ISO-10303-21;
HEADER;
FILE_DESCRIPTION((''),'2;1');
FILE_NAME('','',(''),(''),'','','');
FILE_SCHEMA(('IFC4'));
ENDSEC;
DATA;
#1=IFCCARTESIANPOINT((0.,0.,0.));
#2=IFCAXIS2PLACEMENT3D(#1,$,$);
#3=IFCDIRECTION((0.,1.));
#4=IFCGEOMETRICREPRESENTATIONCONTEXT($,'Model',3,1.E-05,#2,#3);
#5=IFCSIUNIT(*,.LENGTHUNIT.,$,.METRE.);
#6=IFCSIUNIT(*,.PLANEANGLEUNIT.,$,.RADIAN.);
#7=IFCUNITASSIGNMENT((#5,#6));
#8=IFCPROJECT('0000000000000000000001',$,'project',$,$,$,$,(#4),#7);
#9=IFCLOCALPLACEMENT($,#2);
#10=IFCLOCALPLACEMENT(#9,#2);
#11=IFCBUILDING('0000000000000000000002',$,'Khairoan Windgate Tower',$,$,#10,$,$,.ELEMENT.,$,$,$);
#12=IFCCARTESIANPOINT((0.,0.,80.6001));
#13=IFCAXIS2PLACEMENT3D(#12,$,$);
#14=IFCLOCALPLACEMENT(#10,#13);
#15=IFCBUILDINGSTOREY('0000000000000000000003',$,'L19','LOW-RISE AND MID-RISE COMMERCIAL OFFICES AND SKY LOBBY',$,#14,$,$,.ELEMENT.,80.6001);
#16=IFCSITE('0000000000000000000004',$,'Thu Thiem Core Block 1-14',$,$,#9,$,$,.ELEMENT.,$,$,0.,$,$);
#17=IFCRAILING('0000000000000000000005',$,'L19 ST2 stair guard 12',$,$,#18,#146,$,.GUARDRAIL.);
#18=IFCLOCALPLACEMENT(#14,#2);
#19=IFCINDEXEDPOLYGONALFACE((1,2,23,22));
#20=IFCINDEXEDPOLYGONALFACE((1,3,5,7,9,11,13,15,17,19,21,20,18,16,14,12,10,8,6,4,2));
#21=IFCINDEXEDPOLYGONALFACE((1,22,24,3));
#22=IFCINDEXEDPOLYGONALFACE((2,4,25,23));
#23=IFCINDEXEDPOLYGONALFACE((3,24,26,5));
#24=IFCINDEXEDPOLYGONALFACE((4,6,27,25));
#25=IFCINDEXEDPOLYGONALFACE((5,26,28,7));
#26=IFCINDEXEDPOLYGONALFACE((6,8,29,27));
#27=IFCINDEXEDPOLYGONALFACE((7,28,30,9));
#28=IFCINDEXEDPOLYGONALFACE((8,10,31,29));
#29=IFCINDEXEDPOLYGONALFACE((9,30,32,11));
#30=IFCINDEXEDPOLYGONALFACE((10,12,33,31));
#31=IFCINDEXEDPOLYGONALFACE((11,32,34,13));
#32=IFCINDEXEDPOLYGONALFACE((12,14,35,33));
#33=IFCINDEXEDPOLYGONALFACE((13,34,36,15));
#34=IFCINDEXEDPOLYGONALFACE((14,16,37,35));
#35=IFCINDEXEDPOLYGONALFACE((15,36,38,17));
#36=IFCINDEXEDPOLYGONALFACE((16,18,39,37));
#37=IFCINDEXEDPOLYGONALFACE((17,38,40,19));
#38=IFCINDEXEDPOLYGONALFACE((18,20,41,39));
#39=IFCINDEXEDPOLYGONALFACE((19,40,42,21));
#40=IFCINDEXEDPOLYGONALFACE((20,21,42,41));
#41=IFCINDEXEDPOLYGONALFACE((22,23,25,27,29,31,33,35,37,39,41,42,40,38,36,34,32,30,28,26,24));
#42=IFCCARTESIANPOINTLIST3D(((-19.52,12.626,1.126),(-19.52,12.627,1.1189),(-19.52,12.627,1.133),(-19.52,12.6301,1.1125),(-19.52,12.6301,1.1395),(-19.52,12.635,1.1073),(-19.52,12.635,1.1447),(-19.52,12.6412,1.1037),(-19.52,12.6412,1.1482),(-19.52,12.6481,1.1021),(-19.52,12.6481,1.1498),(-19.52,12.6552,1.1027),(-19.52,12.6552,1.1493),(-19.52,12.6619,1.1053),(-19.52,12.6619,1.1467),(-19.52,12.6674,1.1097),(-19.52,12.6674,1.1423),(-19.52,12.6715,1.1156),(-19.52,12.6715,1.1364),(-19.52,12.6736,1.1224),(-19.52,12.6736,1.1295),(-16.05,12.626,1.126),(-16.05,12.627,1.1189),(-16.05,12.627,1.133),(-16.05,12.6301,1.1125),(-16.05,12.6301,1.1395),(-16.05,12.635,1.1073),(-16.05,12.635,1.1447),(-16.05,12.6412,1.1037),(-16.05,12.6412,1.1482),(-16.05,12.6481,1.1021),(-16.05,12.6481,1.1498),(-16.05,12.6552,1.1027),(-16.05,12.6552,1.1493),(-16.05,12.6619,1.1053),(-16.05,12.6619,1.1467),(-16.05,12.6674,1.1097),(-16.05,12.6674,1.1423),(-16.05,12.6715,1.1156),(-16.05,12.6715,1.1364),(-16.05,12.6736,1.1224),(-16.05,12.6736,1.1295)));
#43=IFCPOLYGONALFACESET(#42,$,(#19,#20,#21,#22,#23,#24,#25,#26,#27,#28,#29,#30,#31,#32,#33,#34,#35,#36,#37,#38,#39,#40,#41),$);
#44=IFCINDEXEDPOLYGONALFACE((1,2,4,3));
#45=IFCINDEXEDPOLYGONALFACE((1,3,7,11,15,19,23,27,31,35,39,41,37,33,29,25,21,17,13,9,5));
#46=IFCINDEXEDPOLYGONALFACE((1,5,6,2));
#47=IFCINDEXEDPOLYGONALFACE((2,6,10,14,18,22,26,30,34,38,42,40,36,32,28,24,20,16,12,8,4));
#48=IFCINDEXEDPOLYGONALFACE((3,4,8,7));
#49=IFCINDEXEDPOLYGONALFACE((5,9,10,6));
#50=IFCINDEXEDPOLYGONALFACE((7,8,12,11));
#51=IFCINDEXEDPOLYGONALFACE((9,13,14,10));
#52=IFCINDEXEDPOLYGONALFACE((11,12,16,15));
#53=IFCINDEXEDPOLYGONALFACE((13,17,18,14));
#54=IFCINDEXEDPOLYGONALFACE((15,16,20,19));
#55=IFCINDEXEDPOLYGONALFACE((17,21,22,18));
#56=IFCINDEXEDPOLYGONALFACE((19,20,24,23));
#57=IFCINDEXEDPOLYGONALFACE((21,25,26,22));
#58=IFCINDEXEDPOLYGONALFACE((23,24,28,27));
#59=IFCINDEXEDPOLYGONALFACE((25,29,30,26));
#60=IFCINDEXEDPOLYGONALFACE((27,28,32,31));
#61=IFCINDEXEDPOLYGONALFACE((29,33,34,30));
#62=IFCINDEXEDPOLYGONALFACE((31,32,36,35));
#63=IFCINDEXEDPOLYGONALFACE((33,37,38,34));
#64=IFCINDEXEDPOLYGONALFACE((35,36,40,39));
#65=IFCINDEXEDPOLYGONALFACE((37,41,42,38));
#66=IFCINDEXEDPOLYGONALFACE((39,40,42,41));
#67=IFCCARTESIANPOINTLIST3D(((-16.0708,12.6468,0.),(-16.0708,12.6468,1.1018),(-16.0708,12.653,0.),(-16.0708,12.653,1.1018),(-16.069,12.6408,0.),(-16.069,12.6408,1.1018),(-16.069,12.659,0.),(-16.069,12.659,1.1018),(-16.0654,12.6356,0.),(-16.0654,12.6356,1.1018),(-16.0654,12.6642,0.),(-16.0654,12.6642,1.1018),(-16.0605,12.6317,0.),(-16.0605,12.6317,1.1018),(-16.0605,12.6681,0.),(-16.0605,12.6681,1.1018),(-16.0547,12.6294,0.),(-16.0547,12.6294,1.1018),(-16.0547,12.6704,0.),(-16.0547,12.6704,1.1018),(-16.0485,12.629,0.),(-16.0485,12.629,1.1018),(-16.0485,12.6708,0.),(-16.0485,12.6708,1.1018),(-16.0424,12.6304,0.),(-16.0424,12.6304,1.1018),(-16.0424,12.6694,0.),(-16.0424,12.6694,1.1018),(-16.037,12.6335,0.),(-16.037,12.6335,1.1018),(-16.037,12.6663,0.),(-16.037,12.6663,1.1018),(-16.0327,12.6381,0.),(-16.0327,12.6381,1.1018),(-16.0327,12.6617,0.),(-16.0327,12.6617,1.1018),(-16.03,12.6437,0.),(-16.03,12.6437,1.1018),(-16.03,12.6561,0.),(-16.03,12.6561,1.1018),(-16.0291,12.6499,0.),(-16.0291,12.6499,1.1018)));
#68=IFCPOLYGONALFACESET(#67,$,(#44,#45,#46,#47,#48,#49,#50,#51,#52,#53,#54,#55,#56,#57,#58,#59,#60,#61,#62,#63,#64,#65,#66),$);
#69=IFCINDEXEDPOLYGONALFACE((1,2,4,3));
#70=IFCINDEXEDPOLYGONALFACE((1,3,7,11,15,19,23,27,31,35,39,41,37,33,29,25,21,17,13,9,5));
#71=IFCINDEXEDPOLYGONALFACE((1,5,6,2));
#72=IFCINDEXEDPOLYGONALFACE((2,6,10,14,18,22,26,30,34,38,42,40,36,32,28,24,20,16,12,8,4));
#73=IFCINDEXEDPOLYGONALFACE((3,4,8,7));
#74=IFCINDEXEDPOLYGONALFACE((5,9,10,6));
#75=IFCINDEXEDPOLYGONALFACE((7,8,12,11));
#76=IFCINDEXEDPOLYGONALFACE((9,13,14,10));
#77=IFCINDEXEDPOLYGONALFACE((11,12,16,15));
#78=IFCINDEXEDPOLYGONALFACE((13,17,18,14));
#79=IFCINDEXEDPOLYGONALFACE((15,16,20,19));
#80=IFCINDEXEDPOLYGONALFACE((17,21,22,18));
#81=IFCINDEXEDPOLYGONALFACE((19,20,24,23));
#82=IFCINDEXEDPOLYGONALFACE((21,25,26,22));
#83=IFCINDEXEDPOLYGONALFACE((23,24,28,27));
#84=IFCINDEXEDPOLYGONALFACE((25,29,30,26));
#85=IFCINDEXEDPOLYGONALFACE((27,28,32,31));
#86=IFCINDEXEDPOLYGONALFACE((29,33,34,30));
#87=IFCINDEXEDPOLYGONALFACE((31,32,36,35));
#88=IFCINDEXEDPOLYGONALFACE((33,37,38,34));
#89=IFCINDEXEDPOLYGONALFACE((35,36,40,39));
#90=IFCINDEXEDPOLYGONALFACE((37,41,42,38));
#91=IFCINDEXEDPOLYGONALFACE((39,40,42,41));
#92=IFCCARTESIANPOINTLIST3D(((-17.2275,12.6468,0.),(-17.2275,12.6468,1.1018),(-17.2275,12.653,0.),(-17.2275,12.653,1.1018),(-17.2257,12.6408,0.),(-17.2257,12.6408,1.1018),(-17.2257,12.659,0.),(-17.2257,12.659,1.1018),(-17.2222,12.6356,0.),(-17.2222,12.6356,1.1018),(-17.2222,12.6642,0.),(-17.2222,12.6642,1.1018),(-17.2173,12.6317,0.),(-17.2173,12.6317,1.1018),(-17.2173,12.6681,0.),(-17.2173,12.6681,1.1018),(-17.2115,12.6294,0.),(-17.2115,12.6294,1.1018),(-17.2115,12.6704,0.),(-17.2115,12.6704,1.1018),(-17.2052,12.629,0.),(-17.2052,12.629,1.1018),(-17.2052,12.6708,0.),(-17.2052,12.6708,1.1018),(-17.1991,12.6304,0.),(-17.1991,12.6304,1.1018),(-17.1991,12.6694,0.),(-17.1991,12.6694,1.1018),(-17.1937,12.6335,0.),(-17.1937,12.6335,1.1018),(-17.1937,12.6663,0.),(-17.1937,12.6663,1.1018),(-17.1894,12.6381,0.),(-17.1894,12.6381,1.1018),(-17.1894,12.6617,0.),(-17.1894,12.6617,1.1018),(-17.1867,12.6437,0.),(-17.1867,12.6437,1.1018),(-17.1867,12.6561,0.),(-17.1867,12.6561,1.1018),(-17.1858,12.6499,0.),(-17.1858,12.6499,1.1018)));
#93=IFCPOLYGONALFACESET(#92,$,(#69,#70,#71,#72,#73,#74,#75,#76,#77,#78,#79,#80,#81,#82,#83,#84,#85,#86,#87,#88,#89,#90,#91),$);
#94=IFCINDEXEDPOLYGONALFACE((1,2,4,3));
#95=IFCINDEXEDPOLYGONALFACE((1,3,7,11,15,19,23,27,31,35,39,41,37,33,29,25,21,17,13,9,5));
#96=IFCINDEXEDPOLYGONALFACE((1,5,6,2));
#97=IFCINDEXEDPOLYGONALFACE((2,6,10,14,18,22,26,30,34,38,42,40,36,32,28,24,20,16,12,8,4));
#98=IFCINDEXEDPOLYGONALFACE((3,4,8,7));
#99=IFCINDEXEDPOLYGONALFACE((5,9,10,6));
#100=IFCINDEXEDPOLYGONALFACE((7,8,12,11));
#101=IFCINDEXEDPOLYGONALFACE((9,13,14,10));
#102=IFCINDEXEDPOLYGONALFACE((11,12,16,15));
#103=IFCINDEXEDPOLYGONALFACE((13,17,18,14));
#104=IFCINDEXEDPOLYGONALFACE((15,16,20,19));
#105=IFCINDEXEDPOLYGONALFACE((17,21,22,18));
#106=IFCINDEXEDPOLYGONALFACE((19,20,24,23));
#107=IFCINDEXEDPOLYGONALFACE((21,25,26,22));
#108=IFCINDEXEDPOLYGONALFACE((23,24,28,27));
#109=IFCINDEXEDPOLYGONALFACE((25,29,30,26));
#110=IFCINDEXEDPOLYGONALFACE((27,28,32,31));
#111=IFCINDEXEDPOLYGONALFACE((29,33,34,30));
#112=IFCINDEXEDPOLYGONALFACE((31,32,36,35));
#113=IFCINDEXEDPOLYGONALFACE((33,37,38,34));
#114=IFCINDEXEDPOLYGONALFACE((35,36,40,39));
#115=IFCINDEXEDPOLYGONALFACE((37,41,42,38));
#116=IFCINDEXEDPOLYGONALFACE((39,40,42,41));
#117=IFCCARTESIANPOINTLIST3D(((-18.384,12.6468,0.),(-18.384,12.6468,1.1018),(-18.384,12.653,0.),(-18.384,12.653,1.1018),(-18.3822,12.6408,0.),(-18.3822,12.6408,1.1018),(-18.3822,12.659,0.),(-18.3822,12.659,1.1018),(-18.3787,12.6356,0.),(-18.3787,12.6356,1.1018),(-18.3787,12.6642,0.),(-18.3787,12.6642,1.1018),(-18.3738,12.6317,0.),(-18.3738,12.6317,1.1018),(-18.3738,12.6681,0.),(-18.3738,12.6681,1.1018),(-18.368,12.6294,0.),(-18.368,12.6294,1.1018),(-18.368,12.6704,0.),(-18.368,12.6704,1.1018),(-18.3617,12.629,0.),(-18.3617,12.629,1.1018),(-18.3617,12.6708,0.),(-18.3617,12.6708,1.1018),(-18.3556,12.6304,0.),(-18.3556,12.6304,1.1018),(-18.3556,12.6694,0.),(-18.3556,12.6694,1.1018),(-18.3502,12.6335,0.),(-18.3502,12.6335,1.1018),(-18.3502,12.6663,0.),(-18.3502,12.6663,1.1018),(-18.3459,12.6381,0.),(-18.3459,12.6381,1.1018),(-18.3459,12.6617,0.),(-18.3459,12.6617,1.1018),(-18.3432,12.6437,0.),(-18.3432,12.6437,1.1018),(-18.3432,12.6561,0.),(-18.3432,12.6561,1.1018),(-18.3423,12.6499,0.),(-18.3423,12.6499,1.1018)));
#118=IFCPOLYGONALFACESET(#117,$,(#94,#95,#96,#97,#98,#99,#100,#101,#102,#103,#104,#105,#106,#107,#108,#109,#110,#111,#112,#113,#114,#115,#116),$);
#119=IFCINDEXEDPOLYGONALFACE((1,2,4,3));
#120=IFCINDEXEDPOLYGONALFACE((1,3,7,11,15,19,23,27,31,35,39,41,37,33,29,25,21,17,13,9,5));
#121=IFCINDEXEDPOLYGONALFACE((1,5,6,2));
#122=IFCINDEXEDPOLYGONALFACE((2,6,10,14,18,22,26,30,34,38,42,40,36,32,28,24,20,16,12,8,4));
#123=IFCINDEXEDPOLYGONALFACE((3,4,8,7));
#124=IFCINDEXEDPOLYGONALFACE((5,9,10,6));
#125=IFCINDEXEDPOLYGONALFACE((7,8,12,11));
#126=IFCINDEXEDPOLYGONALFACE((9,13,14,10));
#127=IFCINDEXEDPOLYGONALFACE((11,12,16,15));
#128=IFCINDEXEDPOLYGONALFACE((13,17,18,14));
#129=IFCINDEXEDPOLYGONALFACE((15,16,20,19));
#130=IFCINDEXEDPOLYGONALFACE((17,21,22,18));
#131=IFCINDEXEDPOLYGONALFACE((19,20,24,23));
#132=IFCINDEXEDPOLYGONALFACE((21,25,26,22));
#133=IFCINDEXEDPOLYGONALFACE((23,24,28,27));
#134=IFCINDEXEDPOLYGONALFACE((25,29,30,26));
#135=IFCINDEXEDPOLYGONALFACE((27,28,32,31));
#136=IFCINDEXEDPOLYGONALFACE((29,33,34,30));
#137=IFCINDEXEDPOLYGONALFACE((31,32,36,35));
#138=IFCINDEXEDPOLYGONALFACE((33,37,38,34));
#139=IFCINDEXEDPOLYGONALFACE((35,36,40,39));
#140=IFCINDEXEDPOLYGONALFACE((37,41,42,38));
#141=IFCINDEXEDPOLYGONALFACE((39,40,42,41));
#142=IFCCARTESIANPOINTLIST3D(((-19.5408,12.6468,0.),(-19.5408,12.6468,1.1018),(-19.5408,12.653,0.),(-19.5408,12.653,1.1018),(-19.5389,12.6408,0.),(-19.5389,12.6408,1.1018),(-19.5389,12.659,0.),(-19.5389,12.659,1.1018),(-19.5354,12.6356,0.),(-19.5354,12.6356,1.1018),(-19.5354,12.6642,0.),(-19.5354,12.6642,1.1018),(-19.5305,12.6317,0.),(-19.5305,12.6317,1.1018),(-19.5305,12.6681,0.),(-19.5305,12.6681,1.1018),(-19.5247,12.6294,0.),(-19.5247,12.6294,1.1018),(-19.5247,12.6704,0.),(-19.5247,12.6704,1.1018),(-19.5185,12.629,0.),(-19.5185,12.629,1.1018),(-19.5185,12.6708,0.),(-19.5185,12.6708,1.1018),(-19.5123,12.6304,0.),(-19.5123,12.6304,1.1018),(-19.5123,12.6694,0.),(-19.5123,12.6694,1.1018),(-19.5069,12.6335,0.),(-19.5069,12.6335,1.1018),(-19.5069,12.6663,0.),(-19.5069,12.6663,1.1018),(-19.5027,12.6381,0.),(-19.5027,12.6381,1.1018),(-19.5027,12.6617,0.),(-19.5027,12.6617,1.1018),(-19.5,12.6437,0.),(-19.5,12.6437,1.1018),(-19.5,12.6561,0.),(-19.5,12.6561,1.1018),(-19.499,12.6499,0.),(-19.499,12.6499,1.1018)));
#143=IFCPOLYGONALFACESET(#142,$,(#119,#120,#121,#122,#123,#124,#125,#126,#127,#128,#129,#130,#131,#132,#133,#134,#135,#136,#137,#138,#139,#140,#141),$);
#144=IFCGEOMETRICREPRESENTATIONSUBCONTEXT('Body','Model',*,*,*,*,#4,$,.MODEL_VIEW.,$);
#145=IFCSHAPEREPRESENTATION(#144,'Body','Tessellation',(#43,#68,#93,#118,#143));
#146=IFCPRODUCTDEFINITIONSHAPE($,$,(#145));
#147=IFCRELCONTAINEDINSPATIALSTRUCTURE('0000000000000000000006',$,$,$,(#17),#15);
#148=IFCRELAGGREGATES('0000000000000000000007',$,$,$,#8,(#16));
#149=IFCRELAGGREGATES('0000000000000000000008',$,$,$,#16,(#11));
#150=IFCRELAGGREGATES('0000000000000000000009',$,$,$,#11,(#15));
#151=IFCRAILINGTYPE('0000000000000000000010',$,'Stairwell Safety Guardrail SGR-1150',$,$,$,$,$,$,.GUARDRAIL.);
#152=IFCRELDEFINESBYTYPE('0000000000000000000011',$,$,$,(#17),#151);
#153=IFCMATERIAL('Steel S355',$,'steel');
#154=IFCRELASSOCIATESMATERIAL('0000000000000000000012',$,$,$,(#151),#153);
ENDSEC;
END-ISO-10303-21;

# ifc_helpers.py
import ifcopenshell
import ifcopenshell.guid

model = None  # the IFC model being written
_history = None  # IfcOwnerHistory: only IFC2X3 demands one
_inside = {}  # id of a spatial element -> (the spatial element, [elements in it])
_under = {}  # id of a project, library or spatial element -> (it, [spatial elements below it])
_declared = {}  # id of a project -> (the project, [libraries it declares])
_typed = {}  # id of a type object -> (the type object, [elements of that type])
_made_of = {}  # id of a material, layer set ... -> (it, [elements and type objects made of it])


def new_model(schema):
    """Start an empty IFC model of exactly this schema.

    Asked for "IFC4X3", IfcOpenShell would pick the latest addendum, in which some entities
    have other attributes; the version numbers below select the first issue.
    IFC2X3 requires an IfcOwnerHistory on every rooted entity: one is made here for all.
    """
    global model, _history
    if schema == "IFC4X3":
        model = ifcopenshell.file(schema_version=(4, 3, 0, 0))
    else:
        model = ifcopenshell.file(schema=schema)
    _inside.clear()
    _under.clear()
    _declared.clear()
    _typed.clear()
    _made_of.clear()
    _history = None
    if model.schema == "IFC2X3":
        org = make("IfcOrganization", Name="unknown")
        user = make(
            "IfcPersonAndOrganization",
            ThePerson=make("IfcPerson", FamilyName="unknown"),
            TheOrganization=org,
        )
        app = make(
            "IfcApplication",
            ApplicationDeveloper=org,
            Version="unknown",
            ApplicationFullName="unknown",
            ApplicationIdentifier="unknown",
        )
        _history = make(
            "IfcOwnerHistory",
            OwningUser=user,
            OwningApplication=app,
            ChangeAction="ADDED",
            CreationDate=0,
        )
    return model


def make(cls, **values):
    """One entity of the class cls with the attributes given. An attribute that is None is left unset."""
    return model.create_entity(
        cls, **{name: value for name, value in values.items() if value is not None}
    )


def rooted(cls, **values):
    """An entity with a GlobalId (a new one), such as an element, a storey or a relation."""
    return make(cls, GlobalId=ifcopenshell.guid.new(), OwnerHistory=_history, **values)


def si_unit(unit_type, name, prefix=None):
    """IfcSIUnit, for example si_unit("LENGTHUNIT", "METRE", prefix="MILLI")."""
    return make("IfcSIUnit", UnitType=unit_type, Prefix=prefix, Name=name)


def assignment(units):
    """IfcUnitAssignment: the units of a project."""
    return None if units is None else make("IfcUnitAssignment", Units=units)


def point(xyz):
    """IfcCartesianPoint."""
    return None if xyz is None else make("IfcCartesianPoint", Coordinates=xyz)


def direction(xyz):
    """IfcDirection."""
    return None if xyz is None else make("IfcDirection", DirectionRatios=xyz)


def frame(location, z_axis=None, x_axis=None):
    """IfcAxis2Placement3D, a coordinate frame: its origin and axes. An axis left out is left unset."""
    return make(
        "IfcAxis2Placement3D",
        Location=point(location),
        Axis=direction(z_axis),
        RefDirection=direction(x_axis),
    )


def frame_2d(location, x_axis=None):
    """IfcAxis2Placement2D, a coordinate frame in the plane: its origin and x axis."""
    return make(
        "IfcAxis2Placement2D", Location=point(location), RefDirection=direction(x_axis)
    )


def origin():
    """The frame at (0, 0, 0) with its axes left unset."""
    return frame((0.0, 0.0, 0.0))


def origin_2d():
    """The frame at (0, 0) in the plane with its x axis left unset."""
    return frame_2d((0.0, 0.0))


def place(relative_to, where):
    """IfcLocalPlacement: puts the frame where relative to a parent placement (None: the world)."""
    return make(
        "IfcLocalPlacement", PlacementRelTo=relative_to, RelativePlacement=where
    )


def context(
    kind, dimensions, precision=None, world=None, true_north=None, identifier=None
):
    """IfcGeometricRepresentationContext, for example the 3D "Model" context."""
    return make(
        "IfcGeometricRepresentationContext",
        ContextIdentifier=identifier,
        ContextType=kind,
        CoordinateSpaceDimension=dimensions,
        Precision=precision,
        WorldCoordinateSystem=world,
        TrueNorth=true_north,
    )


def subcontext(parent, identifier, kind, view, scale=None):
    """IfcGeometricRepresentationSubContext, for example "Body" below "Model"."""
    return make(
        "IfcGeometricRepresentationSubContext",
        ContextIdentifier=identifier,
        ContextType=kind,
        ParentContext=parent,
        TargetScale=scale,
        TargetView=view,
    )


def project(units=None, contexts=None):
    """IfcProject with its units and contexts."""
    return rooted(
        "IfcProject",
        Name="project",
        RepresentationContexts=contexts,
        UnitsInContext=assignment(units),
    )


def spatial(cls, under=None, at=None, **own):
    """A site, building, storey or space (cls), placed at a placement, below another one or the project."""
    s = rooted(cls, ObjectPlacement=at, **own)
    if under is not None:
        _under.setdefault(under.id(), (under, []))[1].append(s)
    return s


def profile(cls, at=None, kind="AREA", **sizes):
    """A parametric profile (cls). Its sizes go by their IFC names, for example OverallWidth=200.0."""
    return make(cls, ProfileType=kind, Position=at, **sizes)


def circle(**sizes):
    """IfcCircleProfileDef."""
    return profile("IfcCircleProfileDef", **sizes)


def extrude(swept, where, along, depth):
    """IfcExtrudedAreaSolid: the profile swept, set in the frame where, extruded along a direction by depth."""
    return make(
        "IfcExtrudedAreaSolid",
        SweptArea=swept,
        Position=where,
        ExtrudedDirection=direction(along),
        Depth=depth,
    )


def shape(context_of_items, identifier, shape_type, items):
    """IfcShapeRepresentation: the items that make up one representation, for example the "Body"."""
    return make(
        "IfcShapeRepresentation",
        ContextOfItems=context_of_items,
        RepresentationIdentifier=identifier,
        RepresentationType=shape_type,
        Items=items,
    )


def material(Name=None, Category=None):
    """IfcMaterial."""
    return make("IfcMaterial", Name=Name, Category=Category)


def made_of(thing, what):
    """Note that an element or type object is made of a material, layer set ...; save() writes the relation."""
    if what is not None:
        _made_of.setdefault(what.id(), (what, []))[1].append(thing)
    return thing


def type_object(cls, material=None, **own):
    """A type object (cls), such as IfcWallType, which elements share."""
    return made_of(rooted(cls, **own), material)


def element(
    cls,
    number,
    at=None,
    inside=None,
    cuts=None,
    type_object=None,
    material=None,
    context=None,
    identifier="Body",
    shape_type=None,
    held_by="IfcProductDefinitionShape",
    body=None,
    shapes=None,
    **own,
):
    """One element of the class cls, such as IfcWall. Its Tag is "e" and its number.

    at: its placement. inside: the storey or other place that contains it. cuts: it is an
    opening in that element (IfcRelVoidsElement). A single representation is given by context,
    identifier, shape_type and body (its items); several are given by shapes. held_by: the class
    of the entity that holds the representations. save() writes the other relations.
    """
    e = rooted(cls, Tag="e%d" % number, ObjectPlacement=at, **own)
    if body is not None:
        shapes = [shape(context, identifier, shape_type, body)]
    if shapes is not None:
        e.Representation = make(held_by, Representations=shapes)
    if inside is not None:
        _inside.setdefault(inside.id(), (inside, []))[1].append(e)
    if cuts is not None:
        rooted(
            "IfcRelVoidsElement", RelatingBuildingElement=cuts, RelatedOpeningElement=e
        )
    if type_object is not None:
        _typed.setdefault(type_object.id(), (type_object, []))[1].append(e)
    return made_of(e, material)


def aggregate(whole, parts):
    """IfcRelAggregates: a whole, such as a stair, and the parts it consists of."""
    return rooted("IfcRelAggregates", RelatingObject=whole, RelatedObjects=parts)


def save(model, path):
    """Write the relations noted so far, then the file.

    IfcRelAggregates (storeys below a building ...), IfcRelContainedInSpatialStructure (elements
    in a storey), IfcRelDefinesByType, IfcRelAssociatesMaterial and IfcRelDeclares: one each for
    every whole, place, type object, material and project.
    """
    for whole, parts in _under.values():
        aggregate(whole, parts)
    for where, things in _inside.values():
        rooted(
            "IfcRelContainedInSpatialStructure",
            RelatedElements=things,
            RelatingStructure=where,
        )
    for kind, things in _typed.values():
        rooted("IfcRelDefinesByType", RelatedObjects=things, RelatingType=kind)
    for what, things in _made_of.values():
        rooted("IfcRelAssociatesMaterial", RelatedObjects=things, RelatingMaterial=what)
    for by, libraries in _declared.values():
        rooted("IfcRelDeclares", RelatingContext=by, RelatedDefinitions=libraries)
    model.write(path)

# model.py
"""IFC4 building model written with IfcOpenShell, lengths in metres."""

from ifc_helpers import new_model, si_unit, direction, frame, origin, origin_2d, place, context, subcontext, project, spatial, circle, extrude, material, type_object, element, save


model = new_model("IFC4")

# Units and contexts
model_context = context("Model", 3, precision=1e-05, world=origin(), true_north=direction((0.0, 1.0)))
body_context = subcontext(model_context, "Body", "Model", "MODEL_VIEW")
ifc_project = project(units=[si_unit("LENGTHUNIT", "METRE"), si_unit("PLANEANGLEUNIT", "RADIAN")], contexts=[model_context])

# Site, building, storey
site_placement = place(None, origin())
site = spatial("IfcSite", under=ifc_project, at=site_placement, Name="Thu Thiem Core Block 1-14", CompositionType="ELEMENT", RefElevation=0.0)
building_placement = place(site_placement, origin())
building = spatial("IfcBuilding", under=site, at=building_placement, Name="Khairoan Windgate Tower", CompositionType="ELEMENT")
storey_placement = place(building_placement, frame((0.0, 0.0, 80.6001)))
storey = spatial("IfcBuildingStorey", under=building, at=storey_placement, Name="L19", Description="LOW-RISE AND MID-RISE COMMERCIAL OFFICES AND SKY LOBBY", CompositionType="ELEMENT", Elevation=80.6001)

# Railing
ifc_material_1 = material(Name="Steel S355", Category="steel")
railing_type = type_object("IfcRailingType", Name="Stairwell Safety Guardrail SGR-1150", PredefinedType="GUARDRAIL", material=ifc_material_1)
railing_1_placement = place(storey_placement, frame((-16.05, 12.6499, 0.0)))
element("IfcRailing", 1, at=railing_1_placement, inside=storey, type_object=railing_type, Name="L19 ST2 stair guard 12", PredefinedType="GUARDRAIL", context=body_context, shape_type="SweptSolid", body=[
    extrude(circle(Radius=0.0239, at=origin_2d()), frame((0.0, 0.0, 1.126), z_axis=(-1.0, 0.0, 0.0), x_axis=(0.0, -1.0, 0.0)), (0.0, 0.0, 1.0), 3.47),
    extrude(circle(Radius=0.021, at=origin_2d()), origin(), (0.0, 0.0, 1.0), 1.1018),
    extrude(circle(Radius=0.021, at=origin_2d()), frame((-1.1567, 0.0, 0.0)), (0.0, 0.0, 1.0), 1.1018),
    extrude(circle(Radius=0.021, at=origin_2d()), frame((-2.3132, 0.0, 0.0)), (0.0, 0.0, 1.0), 1.1018),
    extrude(circle(Radius=0.021, at=origin_2d()), frame((-3.47, 0.0, 0.0)), (0.0, 0.0, 1.0), 1.1018),
])

save(model, "model.ifc")
